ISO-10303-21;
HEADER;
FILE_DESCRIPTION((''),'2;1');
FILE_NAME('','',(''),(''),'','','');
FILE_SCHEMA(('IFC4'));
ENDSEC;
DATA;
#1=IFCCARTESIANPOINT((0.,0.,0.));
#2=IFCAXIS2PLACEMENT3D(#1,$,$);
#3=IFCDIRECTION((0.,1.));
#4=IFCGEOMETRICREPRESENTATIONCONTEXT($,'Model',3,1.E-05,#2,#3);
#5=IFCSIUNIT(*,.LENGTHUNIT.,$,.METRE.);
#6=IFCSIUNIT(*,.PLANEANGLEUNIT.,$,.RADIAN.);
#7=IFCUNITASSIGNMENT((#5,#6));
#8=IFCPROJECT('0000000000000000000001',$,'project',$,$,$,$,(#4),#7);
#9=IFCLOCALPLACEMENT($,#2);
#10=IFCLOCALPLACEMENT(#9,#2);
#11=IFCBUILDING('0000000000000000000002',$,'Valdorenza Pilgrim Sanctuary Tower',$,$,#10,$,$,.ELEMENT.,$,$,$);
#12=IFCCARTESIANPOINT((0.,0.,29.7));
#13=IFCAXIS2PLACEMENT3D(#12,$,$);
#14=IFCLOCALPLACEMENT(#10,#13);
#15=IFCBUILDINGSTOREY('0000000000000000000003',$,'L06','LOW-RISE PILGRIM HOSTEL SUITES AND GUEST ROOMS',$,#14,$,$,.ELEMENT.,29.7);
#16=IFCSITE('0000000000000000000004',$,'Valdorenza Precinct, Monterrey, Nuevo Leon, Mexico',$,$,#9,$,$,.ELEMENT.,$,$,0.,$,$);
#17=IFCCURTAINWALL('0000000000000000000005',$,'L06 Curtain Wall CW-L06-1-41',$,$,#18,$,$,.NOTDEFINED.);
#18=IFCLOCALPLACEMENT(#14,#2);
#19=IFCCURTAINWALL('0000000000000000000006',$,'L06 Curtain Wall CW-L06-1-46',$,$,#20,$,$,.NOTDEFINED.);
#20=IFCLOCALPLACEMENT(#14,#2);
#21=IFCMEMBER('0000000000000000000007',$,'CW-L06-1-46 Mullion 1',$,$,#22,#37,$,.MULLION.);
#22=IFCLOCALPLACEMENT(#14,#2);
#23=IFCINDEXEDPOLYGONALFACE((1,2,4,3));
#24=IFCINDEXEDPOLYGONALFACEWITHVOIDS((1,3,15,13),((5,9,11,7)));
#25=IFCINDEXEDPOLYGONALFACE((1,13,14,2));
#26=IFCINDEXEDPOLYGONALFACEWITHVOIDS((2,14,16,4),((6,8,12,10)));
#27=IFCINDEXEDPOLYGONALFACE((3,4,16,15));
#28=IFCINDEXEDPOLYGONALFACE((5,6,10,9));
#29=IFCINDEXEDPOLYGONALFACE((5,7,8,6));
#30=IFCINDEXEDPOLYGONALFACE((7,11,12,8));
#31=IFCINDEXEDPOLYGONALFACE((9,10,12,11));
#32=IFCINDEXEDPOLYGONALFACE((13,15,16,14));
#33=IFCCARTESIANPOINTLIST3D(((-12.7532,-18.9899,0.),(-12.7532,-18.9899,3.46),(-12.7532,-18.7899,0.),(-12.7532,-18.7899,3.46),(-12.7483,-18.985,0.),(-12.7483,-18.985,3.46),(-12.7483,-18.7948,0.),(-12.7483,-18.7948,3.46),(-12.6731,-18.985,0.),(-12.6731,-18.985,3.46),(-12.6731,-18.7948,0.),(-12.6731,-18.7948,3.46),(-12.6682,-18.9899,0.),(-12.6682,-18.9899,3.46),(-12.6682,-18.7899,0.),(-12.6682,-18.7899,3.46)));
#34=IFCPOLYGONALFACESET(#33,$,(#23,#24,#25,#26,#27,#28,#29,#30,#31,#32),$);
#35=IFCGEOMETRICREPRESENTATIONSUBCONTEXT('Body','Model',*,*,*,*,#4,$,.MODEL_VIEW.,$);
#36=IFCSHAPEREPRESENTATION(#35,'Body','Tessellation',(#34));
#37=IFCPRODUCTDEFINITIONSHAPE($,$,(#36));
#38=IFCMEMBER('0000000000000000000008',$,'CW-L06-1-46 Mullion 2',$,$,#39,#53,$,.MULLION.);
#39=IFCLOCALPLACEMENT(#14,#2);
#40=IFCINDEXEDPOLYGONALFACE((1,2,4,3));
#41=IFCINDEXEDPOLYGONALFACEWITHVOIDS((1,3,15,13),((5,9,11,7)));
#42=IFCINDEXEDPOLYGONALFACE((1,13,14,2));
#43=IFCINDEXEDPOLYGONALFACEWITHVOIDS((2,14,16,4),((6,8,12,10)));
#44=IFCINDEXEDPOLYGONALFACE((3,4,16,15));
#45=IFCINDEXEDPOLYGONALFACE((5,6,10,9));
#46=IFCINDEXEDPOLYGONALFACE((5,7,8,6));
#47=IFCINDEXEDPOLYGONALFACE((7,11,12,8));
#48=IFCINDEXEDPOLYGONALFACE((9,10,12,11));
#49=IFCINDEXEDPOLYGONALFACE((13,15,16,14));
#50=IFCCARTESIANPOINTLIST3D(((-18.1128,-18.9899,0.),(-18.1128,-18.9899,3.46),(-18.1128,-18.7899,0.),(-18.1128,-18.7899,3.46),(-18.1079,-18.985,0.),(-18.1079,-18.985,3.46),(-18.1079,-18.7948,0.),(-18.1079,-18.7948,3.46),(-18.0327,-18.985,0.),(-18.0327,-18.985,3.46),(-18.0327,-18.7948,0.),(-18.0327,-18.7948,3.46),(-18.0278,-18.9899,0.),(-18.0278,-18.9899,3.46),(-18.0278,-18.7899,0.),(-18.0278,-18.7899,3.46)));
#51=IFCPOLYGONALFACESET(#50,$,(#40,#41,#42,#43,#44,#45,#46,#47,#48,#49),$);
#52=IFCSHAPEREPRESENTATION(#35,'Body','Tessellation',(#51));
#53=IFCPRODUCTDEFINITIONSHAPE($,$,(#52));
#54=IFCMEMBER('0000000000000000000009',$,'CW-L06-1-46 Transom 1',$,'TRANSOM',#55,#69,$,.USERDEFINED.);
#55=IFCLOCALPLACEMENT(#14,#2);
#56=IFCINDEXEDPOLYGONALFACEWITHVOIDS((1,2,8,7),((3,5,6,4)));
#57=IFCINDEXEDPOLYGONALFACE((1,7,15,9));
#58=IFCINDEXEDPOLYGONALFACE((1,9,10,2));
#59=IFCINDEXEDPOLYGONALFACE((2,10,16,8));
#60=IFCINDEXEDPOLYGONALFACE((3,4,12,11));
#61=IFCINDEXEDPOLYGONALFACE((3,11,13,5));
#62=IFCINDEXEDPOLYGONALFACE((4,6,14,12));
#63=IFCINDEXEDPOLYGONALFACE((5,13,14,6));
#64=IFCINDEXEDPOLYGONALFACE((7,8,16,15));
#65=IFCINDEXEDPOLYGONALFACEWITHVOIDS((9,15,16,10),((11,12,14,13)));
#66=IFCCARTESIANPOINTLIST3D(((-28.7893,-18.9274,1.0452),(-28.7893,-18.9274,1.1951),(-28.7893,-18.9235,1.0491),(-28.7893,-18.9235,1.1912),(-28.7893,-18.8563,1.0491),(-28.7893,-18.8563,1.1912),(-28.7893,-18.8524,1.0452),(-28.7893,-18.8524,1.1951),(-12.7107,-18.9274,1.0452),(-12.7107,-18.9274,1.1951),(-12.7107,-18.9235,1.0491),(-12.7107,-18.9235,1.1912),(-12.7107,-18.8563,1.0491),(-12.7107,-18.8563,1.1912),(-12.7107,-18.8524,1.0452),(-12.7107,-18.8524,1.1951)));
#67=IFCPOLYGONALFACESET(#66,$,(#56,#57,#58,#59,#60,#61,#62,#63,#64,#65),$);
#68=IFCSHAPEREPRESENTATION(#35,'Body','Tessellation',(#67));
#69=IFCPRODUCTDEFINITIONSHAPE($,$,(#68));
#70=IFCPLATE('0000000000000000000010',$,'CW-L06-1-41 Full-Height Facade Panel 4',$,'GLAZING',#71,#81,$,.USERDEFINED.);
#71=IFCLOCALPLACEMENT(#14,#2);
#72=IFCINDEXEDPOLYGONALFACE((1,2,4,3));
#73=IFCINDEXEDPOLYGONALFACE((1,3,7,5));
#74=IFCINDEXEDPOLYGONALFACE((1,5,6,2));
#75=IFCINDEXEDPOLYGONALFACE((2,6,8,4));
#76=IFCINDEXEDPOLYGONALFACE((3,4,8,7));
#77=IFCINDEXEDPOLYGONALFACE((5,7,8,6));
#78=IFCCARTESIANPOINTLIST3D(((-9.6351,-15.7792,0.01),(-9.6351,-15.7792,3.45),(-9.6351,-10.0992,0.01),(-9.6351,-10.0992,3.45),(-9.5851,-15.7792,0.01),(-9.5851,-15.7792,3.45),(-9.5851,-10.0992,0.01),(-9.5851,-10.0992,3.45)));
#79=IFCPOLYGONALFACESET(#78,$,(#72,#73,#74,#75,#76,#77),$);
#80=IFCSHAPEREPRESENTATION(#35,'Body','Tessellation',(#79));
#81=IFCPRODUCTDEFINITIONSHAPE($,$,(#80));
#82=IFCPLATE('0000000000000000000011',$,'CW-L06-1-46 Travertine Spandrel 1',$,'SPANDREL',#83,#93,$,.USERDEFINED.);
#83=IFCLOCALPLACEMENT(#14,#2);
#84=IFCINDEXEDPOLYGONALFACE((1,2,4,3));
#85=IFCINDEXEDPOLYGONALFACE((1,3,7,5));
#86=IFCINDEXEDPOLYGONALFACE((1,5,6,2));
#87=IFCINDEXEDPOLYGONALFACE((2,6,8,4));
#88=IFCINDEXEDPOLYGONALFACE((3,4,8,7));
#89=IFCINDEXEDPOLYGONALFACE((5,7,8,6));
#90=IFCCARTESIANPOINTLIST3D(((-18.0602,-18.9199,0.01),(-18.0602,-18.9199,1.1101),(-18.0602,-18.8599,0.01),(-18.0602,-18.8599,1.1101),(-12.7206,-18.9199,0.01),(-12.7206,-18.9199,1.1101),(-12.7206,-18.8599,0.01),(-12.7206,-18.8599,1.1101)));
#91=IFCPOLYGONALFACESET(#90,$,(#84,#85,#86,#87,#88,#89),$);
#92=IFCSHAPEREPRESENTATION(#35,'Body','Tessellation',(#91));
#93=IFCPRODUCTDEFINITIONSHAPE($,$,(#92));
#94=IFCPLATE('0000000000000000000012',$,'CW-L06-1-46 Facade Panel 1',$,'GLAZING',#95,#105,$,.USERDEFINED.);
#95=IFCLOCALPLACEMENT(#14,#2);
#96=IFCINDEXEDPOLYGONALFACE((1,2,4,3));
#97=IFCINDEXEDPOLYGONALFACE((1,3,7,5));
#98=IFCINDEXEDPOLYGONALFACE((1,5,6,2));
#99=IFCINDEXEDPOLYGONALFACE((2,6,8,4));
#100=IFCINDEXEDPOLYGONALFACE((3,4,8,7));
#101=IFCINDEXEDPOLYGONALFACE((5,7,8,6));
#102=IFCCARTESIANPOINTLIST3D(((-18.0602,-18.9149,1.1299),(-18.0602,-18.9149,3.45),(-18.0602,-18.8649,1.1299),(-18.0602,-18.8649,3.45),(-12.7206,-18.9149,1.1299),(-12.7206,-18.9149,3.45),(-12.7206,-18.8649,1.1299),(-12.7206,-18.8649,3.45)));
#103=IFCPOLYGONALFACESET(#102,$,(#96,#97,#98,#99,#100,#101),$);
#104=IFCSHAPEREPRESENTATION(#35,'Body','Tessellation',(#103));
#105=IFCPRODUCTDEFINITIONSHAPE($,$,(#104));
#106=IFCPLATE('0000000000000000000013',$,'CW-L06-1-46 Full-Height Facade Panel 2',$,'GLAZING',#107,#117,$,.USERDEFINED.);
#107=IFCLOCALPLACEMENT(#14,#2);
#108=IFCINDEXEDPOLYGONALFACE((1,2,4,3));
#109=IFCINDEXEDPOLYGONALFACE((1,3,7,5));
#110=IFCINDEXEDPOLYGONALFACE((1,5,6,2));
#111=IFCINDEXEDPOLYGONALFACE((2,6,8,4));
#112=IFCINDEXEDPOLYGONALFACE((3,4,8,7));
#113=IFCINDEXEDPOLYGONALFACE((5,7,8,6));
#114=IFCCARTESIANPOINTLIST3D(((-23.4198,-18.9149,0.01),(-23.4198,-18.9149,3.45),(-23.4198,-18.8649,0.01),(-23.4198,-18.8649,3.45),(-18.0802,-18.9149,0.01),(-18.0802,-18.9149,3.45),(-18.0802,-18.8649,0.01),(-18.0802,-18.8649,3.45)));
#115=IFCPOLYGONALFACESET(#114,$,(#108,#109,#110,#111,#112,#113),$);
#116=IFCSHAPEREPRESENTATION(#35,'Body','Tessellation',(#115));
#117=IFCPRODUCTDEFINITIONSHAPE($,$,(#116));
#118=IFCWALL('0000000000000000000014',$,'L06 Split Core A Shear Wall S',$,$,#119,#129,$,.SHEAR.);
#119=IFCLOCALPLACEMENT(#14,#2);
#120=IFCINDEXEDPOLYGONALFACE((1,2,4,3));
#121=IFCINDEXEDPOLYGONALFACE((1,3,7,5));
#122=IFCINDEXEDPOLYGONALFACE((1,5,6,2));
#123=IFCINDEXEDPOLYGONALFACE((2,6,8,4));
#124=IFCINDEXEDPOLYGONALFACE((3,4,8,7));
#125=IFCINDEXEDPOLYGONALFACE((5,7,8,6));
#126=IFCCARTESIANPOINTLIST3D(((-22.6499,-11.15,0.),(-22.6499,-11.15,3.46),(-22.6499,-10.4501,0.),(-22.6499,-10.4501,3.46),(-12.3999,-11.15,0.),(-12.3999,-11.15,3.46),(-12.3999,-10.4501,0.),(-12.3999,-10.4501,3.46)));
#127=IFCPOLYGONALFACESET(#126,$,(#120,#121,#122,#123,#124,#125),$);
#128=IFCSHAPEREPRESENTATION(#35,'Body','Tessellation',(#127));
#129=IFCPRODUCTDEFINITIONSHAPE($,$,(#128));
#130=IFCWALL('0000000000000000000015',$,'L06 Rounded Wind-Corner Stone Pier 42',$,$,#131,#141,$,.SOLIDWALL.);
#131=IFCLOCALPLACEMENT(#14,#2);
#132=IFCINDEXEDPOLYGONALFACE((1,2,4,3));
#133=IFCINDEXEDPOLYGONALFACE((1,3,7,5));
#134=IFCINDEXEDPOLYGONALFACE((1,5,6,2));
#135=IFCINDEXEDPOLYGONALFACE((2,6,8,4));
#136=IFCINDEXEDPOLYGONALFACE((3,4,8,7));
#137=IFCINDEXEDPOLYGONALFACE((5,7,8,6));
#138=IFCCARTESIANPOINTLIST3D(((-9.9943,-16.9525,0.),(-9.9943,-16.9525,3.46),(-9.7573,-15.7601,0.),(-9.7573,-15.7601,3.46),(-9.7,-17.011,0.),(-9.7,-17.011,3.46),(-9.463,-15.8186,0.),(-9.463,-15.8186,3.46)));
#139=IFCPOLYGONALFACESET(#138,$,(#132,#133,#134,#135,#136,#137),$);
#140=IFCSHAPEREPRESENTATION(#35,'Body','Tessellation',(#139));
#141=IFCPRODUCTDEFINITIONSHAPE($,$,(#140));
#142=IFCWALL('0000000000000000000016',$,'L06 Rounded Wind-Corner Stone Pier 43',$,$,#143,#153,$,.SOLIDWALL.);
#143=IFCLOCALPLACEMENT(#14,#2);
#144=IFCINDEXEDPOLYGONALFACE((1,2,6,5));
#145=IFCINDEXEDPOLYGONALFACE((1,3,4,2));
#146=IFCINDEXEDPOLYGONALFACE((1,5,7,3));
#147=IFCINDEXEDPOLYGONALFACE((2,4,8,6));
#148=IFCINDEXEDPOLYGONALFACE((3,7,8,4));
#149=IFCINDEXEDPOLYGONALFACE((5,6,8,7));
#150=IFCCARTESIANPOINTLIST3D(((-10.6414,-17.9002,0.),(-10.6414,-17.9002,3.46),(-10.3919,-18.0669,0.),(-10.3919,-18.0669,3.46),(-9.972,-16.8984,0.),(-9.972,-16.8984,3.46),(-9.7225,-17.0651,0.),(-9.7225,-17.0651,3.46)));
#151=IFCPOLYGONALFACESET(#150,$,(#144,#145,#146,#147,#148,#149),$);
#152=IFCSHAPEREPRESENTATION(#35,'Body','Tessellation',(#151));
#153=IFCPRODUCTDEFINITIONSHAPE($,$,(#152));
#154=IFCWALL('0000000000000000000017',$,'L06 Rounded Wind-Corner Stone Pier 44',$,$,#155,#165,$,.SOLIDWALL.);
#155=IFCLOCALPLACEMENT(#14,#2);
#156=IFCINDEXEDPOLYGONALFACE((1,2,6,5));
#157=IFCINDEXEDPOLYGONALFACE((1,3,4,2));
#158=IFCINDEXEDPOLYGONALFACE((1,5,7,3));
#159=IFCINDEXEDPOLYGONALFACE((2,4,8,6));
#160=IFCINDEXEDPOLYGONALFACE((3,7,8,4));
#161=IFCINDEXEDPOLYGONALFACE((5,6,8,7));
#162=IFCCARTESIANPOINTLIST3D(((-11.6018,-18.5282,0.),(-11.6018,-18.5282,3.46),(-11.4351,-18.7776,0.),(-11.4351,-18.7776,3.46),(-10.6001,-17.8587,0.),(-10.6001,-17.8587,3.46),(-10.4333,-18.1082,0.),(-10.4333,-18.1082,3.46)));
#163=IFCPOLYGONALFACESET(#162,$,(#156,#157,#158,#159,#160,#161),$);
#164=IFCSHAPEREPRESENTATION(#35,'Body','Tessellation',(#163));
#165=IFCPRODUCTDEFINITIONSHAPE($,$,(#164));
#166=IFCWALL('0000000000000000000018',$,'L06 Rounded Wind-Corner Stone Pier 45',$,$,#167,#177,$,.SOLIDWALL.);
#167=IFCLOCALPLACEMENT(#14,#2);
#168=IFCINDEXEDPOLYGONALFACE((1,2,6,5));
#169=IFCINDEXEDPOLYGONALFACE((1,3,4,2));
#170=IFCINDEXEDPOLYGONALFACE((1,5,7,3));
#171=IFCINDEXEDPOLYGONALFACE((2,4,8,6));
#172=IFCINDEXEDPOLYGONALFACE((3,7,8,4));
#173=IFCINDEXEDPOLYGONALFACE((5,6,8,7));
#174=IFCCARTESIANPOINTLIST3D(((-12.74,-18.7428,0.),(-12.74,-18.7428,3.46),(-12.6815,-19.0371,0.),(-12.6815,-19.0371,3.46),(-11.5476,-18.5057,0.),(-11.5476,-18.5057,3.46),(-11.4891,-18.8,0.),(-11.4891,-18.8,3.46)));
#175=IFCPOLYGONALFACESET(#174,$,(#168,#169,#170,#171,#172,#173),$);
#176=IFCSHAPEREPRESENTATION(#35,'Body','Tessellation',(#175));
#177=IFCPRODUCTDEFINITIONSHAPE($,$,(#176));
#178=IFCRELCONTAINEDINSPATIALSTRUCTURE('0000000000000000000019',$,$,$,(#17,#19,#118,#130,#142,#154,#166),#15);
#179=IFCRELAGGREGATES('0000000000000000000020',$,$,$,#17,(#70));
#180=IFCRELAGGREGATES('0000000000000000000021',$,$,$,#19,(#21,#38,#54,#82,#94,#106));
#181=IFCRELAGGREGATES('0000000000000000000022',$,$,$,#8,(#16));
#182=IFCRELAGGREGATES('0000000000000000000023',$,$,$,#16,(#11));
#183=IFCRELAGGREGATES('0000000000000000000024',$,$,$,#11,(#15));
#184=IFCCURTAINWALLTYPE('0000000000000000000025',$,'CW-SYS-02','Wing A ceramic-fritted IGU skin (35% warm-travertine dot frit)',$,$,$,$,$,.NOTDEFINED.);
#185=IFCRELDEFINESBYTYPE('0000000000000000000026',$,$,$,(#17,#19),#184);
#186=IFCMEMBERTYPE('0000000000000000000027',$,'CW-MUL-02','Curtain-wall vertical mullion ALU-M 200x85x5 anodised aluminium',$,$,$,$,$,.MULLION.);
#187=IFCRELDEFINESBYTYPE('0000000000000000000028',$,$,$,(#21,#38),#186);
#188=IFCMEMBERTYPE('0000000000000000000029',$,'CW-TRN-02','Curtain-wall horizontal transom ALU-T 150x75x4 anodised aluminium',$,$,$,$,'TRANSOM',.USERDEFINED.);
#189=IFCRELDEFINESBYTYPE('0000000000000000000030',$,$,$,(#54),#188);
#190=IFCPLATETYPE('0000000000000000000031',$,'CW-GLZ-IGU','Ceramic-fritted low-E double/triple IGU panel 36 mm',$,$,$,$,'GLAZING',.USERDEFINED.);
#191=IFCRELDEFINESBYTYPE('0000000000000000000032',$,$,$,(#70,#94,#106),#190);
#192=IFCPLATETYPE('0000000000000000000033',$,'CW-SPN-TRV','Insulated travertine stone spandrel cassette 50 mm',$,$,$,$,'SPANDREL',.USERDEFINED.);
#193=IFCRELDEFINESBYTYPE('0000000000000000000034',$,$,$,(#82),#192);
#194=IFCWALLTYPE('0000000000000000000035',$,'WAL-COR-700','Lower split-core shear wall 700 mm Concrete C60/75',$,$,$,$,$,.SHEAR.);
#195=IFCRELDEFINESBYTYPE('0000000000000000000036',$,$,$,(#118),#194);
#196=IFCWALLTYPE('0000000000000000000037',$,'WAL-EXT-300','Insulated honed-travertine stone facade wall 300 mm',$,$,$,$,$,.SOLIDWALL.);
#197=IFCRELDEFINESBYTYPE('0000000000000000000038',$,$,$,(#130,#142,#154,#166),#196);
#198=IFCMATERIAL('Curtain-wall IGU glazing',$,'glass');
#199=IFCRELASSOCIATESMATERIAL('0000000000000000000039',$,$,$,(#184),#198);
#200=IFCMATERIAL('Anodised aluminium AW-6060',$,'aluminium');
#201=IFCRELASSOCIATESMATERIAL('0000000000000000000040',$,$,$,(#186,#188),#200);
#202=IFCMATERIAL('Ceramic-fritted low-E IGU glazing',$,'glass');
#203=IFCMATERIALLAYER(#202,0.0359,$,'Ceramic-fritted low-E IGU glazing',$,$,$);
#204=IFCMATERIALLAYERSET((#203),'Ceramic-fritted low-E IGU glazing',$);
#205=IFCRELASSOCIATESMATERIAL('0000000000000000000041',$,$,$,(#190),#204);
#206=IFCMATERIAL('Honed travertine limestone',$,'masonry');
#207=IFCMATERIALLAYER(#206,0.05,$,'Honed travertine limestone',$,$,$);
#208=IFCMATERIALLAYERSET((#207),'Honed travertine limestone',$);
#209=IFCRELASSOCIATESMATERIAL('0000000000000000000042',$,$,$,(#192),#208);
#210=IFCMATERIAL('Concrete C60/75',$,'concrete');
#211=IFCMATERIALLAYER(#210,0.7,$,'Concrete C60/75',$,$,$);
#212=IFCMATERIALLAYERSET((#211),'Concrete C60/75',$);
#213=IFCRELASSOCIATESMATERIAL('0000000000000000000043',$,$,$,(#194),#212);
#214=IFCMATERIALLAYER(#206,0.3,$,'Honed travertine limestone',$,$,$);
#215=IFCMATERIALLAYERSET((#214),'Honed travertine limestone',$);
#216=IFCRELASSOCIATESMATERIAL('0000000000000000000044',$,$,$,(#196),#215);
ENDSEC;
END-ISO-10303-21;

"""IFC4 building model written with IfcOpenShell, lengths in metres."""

from ifc_helpers import new_model, si_unit, direction, frame, frame_2d, origin, origin_2d, place, context, subcontext, project, spatial, rectangle, hollow_rectangle, extrude, source, transform, mapped, material, layer, layer_set, material_profile, profile_set, type_object, element, aggregate, save


model = new_model("IFC4")

# Units and contexts
model_context = context("Model", 3, precision=1e-05, world=origin(), true_north=direction((0.0, 1.0)))
body_context = subcontext(model_context, "Body", "Model", "MODEL_VIEW")
ifc_project = project(units=[si_unit("LENGTHUNIT", "METRE"), si_unit("PLANEANGLEUNIT", "RADIAN")], contexts=[model_context])

# Site, building, storey
site_placement = place(None, origin())
site = spatial("IfcSite", under=ifc_project, at=site_placement, Name="Valdorenza Precinct, Monterrey, Nuevo Leon, Mexico", CompositionType="ELEMENT", RefElevation=0.0)
building_placement = place(site_placement, origin())
building = spatial("IfcBuilding", under=site, at=building_placement, Name="Valdorenza Pilgrim Sanctuary Tower", CompositionType="ELEMENT")
storey_placement = place(building_placement, frame((0.0, 0.0, 29.7)))
storey = spatial("IfcBuildingStorey", under=building, at=storey_placement, Name="L06", Description="LOW-RISE PILGRIM HOSTEL SUITES AND GUEST ROOMS", CompositionType="ELEMENT", Elevation=29.7)

# Shared definitions
ifc_material_1 = material(Name="Concrete C60/75", Category="concrete")

# Curtain walls, members
ifc_material_2 = material(Name="Curtain-wall IGU glazing", Category="glass")
curtain_wall_type = type_object("IfcCurtainWallType", Name="CW-SYS-02", Description="Wing A ceramic-fritted IGU skin (35% warm-travertine dot frit)", PredefinedType="NOTDEFINED", material=ifc_material_2)
curtain_wall_1_placement = place(storey_placement, origin())
curtain_wall_1 = element("IfcCurtainWall", 1, at=curtain_wall_1_placement, inside=storey, type_object=curtain_wall_type, Name="L06 Curtain Wall CW-L06-1-41", PredefinedType="NOTDEFINED")
ifc_material_3 = material(Name="Anodised aluminium AW-6060", Category="aluminium")
ifc_material_profile_1 = material_profile(ifc_material_3, hollow_rectangle(XDim=0.085, YDim=0.2, WallThickness=0.0049, at=origin_2d()), Name="ALU-M 200x85x5")
ifc_profile_set_1 = profile_set([ifc_material_profile_1], Name="Anodised aluminium AW-6060")
member_type_1 = type_object("IfcMemberType", Name="CW-MUL-02", Description="Curtain-wall vertical mullion ALU-M 200x85x5 anodised aluminium", PredefinedType="MULLION", material=ifc_profile_set_1)
shared_shape_1 = source(origin(), body_context, "Body", "SweptSolid", [
    extrude(hollow_rectangle(XDim=0.085, YDim=0.2, WallThickness=0.0049, at=origin_2d()), origin(), (0.0, 0.0, 1.0), 3.46),
])
curtain_wall_2_placement = place(storey_placement, origin())
curtain_wall_2 = element("IfcCurtainWall", 2, at=curtain_wall_2_placement, inside=storey, type_object=curtain_wall_type, Name="L06 Curtain Wall CW-L06-1-46", PredefinedType="NOTDEFINED")
member_1_placement = place(storey_placement, frame((-12.7107, -18.8899, 0.0), z_axis=(0.0, 0.0, 1.0), x_axis=(-1.0, 0.0, 0.0)))
member_1 = element("IfcMember", 3, at=member_1_placement, type_object=member_type_1, Name="CW-L06-1-46 Mullion 1", PredefinedType="MULLION", context=body_context, shape_type="MappedRepresentation", body=[
    mapped(shared_shape_1, transform((0.0, 0.0, 0.0), x_axis=(1.0, 0.0, 0.0), y_axis=(0.0, 1.0, 0.0), z_axis=(0.0, 0.0, 1.0), scale=1.0)),
])
member_2_placement = place(storey_placement, frame((-18.0703, -18.8899, 0.0), z_axis=(0.0, 0.0, 1.0), x_axis=(-1.0, 0.0, 0.0)))
member_2 = element("IfcMember", 4, at=member_2_placement, type_object=member_type_1, Name="CW-L06-1-46 Mullion 2", PredefinedType="MULLION", context=body_context, shape_type="MappedRepresentation", body=[
    mapped(shared_shape_1, transform((0.0, 0.0, 0.0), x_axis=(1.0, 0.0, 0.0), y_axis=(0.0, 1.0, 0.0), z_axis=(0.0, 0.0, 1.0), scale=1.0)),
])
ifc_material_profile_2 = material_profile(ifc_material_3, hollow_rectangle(XDim=0.075, YDim=0.1499, WallThickness=0.0039, at=origin_2d()), Name="ALU-T 150x75x4")
ifc_profile_set_2 = profile_set([ifc_material_profile_2], Name="Anodised aluminium AW-6060")
member_type_2 = type_object("IfcMemberType", Name="CW-TRN-02", Description="Curtain-wall horizontal transom ALU-T 150x75x4 anodised aluminium", ElementType="TRANSOM", PredefinedType="USERDEFINED", material=ifc_profile_set_2)
shared_shape_2 = source(origin(), body_context, "Body", "SweptSolid", [
    extrude(hollow_rectangle(XDim=0.075, YDim=0.1499, WallThickness=0.0039, at=origin_2d()), origin(), (0.0, 0.0, 1.0), 16.0786),
])
member_3_placement = place(storey_placement, frame((-12.7107, -18.8899, 1.1201), z_axis=(-1.0, 0.0, 0.0), x_axis=(0.0, -1.0, 0.0)))
member_3 = element("IfcMember", 5, at=member_3_placement, type_object=member_type_2, Name="CW-L06-1-46 Transom 1", ObjectType="TRANSOM", PredefinedType="USERDEFINED", context=body_context, shape_type="MappedRepresentation", body=[
    mapped(shared_shape_2, transform((0.0, 0.0, 0.0), x_axis=(1.0, 0.0, 0.0), y_axis=(0.0, 1.0, 0.0), z_axis=(0.0, 0.0, 1.0), scale=1.0)),
])

# Plates
ifc_material_4 = material(Name="Ceramic-fritted low-E IGU glazing", Category="glass")
ifc_layer_1 = layer(ifc_material_4, 0.0359, Name="Ceramic-fritted low-E IGU glazing")
ifc_layer_set_1 = layer_set([ifc_layer_1], Name="Ceramic-fritted low-E IGU glazing")
plate_type_1 = type_object("IfcPlateType", Name="CW-GLZ-IGU", Description="Ceramic-fritted low-E double/triple IGU panel 36 mm", ElementType="GLAZING", PredefinedType="USERDEFINED", material=ifc_layer_set_1)
shared_shape_3 = source(origin(), body_context, "Body", "SweptSolid", [
    extrude(rectangle(XDim=5.6799, YDim=0.05, at=origin_2d()), origin(), (0.0, 0.0, 1.0), 3.4399),
])
plate_1_placement = place(storey_placement, frame((-9.6101, -12.9392, 0.01), z_axis=(0.0, 0.0, 1.0), x_axis=(0.0, -1.0, 0.0)))
plate_1 = element("IfcPlate", 6, at=plate_1_placement, type_object=plate_type_1, Name="CW-L06-1-41 Full-Height Facade Panel 4", ObjectType="GLAZING", PredefinedType="USERDEFINED", context=body_context, shape_type="MappedRepresentation", body=[
    mapped(shared_shape_3, transform((0.0, 0.0, 0.0), x_axis=(1.0, 0.0, 0.0), y_axis=(0.0, 1.0, 0.0), z_axis=(0.0, 0.0, 1.0), scale=1.0)),
])
aggregate(curtain_wall_1, [plate_1])
ifc_material_5 = material(Name="Honed travertine limestone", Category="masonry")
ifc_layer_2 = layer(ifc_material_5, 0.05, Name="Honed travertine limestone")
ifc_layer_set_2 = layer_set([ifc_layer_2], Name="Honed travertine limestone")
plate_type_2 = type_object("IfcPlateType", Name="CW-SPN-TRV", Description="Insulated travertine stone spandrel cassette 50 mm", ElementType="SPANDREL", PredefinedType="USERDEFINED", material=ifc_layer_set_2)
shared_shape_4 = source(origin(), body_context, "Body", "SweptSolid", [
    extrude(rectangle(XDim=5.3396, YDim=0.0601, at=origin_2d()), origin(), (0.0, 0.0, 1.0), 1.1001),
])
plate_2_placement = place(storey_placement, frame((-15.3904, -18.8899, 0.01), z_axis=(0.0, 0.0, 1.0), x_axis=(-1.0, 0.0, 0.0)))
plate_2 = element("IfcPlate", 7, at=plate_2_placement, type_object=plate_type_2, Name="CW-L06-1-46 Travertine Spandrel 1", ObjectType="SPANDREL", PredefinedType="USERDEFINED", context=body_context, shape_type="MappedRepresentation", body=[
    mapped(shared_shape_4, transform((0.0, 0.0, 0.0), x_axis=(1.0, 0.0, 0.0), y_axis=(0.0, 1.0, 0.0), z_axis=(0.0, 0.0, 1.0), scale=1.0)),
])
shared_shape_5 = source(origin(), body_context, "Body", "SweptSolid", [
    extrude(rectangle(XDim=5.3396, YDim=0.05, at=origin_2d()), origin(), (0.0, 0.0, 1.0), 2.3201),
])
plate_3_placement = place(storey_placement, frame((-15.3904, -18.8899, 1.1299), z_axis=(0.0, 0.0, 1.0), x_axis=(-1.0, 0.0, 0.0)))
plate_3 = element("IfcPlate", 8, at=plate_3_placement, type_object=plate_type_1, Name="CW-L06-1-46 Facade Panel 1", ObjectType="GLAZING", PredefinedType="USERDEFINED", context=body_context, shape_type="MappedRepresentation", body=[
    mapped(shared_shape_5, transform((0.0, 0.0, 0.0), x_axis=(1.0, 0.0, 0.0), y_axis=(0.0, 1.0, 0.0), z_axis=(0.0, 0.0, 1.0), scale=1.0)),
])
shared_shape_6 = source(origin(), body_context, "Body", "SweptSolid", [
    extrude(rectangle(XDim=5.3396, YDim=0.05, at=origin_2d()), origin(), (0.0, 0.0, 1.0), 3.4399),
])
plate_4_placement = place(storey_placement, frame((-20.75, -18.8899, 0.01), z_axis=(0.0, 0.0, 1.0), x_axis=(-1.0, 0.0, 0.0)))
plate_4 = element("IfcPlate", 9, at=plate_4_placement, type_object=plate_type_1, Name="CW-L06-1-46 Full-Height Facade Panel 2", ObjectType="GLAZING", PredefinedType="USERDEFINED", context=body_context, shape_type="MappedRepresentation", body=[
    mapped(shared_shape_6, transform((0.0, 0.0, 0.0), x_axis=(1.0, 0.0, 0.0), y_axis=(0.0, 1.0, 0.0), z_axis=(0.0, 0.0, 1.0), scale=1.0)),
])
aggregate(curtain_wall_2, [member_1, member_2, member_3, plate_2, plate_3, plate_4])

# Walls
ifc_layer_3 = layer(ifc_material_1, 0.7, Name="Concrete C60/75")
ifc_layer_set_3 = layer_set([ifc_layer_3], Name="Concrete C60/75")
wall_type_1 = type_object("IfcWallType", Name="WAL-COR-700", Description="Lower split-core shear wall 700 mm Concrete C60/75", PredefinedType="SHEAR", material=ifc_layer_set_3)
wall_1_placement = place(storey_placement, frame((-22.6499, -10.8, 0.0), z_axis=(0.0, 0.0, 1.0), x_axis=(1.0, 0.0, 0.0)))
element("IfcWall", 10, at=wall_1_placement, inside=storey, type_object=wall_type_1, Name="L06 Split Core A Shear Wall S", PredefinedType="SHEAR", context=body_context, shape_type="SweptSolid", body=[
    extrude(rectangle(XDim=10.25, YDim=0.7, at=frame_2d((5.125, 0.0))), origin(), (0.0, 0.0, 1.0), 3.46),
])
ifc_layer_4 = layer(ifc_material_5, 0.3, Name="Honed travertine limestone")
ifc_layer_set_4 = layer_set([ifc_layer_4], Name="Honed travertine limestone")
wall_type_2 = type_object("IfcWallType", Name="WAL-EXT-300", Description="Insulated honed-travertine stone facade wall 300 mm", PredefinedType="SOLIDWALL", material=ifc_layer_set_4)
wall_2_placement = place(storey_placement, frame((-9.6101, -15.7893, 0.0), z_axis=(0.0, 0.0, 1.0), x_axis=(-0.194996, -0.980804, 0.0)))
element("IfcWall", 11, at=wall_2_placement, inside=storey, type_object=wall_type_2, Name="L06 Rounded Wind-Corner Stone Pier 42", PredefinedType="SOLIDWALL", context=body_context, shape_type="SweptSolid", body=[
    extrude(rectangle(XDim=1.2158, YDim=0.3, at=frame_2d((0.6079, 0.0))), origin(), (0.0, 0.0, 1.0), 3.46),
])
for number, where, z_axis, x_axis, name in (
    (12, (-9.8472, -16.9817, 0.0), (0.0, 0.0, 1.0), (-0.555635, -0.831426, 0.0), "L06 Rounded Wind-Corner Stone Pier 43"),
    (13, (-10.5166, -17.9834, 0.0), (0.0, 0.0, 1.0), (-0.831426, -0.555635, 0.0), "L06 Rounded Wind-Corner Stone Pier 44"),
):
    element("IfcWall", number, at=place(storey_placement, frame(where, z_axis=z_axis, x_axis=x_axis)), inside=storey, type_object=wall_type_2, Name=name, PredefinedType="SOLIDWALL", context=body_context, shape_type="SweptSolid", body=[
        extrude(rectangle(XDim=1.2048, YDim=0.3, at=frame_2d((0.6025, 0.0))), origin(), (0.0, 0.0, 1.0), 3.46),
    ])
wall_3_placement = place(storey_placement, frame((-11.5183, -18.6528, 0.0), z_axis=(0.0, 0.0, 1.0), x_axis=(-0.980804, -0.194996, 0.0)))
element("IfcWall", 14, at=wall_3_placement, inside=storey, type_object=wall_type_2, Name="L06 Rounded Wind-Corner Stone Pier 45", PredefinedType="SOLIDWALL", context=body_context, shape_type="SweptSolid", body=[
    extrude(rectangle(XDim=1.2158, YDim=0.3, at=frame_2d((0.6079, 0.0))), origin(), (0.0, 0.0, 1.0), 3.46),
])

save(model, "model.ifc")
